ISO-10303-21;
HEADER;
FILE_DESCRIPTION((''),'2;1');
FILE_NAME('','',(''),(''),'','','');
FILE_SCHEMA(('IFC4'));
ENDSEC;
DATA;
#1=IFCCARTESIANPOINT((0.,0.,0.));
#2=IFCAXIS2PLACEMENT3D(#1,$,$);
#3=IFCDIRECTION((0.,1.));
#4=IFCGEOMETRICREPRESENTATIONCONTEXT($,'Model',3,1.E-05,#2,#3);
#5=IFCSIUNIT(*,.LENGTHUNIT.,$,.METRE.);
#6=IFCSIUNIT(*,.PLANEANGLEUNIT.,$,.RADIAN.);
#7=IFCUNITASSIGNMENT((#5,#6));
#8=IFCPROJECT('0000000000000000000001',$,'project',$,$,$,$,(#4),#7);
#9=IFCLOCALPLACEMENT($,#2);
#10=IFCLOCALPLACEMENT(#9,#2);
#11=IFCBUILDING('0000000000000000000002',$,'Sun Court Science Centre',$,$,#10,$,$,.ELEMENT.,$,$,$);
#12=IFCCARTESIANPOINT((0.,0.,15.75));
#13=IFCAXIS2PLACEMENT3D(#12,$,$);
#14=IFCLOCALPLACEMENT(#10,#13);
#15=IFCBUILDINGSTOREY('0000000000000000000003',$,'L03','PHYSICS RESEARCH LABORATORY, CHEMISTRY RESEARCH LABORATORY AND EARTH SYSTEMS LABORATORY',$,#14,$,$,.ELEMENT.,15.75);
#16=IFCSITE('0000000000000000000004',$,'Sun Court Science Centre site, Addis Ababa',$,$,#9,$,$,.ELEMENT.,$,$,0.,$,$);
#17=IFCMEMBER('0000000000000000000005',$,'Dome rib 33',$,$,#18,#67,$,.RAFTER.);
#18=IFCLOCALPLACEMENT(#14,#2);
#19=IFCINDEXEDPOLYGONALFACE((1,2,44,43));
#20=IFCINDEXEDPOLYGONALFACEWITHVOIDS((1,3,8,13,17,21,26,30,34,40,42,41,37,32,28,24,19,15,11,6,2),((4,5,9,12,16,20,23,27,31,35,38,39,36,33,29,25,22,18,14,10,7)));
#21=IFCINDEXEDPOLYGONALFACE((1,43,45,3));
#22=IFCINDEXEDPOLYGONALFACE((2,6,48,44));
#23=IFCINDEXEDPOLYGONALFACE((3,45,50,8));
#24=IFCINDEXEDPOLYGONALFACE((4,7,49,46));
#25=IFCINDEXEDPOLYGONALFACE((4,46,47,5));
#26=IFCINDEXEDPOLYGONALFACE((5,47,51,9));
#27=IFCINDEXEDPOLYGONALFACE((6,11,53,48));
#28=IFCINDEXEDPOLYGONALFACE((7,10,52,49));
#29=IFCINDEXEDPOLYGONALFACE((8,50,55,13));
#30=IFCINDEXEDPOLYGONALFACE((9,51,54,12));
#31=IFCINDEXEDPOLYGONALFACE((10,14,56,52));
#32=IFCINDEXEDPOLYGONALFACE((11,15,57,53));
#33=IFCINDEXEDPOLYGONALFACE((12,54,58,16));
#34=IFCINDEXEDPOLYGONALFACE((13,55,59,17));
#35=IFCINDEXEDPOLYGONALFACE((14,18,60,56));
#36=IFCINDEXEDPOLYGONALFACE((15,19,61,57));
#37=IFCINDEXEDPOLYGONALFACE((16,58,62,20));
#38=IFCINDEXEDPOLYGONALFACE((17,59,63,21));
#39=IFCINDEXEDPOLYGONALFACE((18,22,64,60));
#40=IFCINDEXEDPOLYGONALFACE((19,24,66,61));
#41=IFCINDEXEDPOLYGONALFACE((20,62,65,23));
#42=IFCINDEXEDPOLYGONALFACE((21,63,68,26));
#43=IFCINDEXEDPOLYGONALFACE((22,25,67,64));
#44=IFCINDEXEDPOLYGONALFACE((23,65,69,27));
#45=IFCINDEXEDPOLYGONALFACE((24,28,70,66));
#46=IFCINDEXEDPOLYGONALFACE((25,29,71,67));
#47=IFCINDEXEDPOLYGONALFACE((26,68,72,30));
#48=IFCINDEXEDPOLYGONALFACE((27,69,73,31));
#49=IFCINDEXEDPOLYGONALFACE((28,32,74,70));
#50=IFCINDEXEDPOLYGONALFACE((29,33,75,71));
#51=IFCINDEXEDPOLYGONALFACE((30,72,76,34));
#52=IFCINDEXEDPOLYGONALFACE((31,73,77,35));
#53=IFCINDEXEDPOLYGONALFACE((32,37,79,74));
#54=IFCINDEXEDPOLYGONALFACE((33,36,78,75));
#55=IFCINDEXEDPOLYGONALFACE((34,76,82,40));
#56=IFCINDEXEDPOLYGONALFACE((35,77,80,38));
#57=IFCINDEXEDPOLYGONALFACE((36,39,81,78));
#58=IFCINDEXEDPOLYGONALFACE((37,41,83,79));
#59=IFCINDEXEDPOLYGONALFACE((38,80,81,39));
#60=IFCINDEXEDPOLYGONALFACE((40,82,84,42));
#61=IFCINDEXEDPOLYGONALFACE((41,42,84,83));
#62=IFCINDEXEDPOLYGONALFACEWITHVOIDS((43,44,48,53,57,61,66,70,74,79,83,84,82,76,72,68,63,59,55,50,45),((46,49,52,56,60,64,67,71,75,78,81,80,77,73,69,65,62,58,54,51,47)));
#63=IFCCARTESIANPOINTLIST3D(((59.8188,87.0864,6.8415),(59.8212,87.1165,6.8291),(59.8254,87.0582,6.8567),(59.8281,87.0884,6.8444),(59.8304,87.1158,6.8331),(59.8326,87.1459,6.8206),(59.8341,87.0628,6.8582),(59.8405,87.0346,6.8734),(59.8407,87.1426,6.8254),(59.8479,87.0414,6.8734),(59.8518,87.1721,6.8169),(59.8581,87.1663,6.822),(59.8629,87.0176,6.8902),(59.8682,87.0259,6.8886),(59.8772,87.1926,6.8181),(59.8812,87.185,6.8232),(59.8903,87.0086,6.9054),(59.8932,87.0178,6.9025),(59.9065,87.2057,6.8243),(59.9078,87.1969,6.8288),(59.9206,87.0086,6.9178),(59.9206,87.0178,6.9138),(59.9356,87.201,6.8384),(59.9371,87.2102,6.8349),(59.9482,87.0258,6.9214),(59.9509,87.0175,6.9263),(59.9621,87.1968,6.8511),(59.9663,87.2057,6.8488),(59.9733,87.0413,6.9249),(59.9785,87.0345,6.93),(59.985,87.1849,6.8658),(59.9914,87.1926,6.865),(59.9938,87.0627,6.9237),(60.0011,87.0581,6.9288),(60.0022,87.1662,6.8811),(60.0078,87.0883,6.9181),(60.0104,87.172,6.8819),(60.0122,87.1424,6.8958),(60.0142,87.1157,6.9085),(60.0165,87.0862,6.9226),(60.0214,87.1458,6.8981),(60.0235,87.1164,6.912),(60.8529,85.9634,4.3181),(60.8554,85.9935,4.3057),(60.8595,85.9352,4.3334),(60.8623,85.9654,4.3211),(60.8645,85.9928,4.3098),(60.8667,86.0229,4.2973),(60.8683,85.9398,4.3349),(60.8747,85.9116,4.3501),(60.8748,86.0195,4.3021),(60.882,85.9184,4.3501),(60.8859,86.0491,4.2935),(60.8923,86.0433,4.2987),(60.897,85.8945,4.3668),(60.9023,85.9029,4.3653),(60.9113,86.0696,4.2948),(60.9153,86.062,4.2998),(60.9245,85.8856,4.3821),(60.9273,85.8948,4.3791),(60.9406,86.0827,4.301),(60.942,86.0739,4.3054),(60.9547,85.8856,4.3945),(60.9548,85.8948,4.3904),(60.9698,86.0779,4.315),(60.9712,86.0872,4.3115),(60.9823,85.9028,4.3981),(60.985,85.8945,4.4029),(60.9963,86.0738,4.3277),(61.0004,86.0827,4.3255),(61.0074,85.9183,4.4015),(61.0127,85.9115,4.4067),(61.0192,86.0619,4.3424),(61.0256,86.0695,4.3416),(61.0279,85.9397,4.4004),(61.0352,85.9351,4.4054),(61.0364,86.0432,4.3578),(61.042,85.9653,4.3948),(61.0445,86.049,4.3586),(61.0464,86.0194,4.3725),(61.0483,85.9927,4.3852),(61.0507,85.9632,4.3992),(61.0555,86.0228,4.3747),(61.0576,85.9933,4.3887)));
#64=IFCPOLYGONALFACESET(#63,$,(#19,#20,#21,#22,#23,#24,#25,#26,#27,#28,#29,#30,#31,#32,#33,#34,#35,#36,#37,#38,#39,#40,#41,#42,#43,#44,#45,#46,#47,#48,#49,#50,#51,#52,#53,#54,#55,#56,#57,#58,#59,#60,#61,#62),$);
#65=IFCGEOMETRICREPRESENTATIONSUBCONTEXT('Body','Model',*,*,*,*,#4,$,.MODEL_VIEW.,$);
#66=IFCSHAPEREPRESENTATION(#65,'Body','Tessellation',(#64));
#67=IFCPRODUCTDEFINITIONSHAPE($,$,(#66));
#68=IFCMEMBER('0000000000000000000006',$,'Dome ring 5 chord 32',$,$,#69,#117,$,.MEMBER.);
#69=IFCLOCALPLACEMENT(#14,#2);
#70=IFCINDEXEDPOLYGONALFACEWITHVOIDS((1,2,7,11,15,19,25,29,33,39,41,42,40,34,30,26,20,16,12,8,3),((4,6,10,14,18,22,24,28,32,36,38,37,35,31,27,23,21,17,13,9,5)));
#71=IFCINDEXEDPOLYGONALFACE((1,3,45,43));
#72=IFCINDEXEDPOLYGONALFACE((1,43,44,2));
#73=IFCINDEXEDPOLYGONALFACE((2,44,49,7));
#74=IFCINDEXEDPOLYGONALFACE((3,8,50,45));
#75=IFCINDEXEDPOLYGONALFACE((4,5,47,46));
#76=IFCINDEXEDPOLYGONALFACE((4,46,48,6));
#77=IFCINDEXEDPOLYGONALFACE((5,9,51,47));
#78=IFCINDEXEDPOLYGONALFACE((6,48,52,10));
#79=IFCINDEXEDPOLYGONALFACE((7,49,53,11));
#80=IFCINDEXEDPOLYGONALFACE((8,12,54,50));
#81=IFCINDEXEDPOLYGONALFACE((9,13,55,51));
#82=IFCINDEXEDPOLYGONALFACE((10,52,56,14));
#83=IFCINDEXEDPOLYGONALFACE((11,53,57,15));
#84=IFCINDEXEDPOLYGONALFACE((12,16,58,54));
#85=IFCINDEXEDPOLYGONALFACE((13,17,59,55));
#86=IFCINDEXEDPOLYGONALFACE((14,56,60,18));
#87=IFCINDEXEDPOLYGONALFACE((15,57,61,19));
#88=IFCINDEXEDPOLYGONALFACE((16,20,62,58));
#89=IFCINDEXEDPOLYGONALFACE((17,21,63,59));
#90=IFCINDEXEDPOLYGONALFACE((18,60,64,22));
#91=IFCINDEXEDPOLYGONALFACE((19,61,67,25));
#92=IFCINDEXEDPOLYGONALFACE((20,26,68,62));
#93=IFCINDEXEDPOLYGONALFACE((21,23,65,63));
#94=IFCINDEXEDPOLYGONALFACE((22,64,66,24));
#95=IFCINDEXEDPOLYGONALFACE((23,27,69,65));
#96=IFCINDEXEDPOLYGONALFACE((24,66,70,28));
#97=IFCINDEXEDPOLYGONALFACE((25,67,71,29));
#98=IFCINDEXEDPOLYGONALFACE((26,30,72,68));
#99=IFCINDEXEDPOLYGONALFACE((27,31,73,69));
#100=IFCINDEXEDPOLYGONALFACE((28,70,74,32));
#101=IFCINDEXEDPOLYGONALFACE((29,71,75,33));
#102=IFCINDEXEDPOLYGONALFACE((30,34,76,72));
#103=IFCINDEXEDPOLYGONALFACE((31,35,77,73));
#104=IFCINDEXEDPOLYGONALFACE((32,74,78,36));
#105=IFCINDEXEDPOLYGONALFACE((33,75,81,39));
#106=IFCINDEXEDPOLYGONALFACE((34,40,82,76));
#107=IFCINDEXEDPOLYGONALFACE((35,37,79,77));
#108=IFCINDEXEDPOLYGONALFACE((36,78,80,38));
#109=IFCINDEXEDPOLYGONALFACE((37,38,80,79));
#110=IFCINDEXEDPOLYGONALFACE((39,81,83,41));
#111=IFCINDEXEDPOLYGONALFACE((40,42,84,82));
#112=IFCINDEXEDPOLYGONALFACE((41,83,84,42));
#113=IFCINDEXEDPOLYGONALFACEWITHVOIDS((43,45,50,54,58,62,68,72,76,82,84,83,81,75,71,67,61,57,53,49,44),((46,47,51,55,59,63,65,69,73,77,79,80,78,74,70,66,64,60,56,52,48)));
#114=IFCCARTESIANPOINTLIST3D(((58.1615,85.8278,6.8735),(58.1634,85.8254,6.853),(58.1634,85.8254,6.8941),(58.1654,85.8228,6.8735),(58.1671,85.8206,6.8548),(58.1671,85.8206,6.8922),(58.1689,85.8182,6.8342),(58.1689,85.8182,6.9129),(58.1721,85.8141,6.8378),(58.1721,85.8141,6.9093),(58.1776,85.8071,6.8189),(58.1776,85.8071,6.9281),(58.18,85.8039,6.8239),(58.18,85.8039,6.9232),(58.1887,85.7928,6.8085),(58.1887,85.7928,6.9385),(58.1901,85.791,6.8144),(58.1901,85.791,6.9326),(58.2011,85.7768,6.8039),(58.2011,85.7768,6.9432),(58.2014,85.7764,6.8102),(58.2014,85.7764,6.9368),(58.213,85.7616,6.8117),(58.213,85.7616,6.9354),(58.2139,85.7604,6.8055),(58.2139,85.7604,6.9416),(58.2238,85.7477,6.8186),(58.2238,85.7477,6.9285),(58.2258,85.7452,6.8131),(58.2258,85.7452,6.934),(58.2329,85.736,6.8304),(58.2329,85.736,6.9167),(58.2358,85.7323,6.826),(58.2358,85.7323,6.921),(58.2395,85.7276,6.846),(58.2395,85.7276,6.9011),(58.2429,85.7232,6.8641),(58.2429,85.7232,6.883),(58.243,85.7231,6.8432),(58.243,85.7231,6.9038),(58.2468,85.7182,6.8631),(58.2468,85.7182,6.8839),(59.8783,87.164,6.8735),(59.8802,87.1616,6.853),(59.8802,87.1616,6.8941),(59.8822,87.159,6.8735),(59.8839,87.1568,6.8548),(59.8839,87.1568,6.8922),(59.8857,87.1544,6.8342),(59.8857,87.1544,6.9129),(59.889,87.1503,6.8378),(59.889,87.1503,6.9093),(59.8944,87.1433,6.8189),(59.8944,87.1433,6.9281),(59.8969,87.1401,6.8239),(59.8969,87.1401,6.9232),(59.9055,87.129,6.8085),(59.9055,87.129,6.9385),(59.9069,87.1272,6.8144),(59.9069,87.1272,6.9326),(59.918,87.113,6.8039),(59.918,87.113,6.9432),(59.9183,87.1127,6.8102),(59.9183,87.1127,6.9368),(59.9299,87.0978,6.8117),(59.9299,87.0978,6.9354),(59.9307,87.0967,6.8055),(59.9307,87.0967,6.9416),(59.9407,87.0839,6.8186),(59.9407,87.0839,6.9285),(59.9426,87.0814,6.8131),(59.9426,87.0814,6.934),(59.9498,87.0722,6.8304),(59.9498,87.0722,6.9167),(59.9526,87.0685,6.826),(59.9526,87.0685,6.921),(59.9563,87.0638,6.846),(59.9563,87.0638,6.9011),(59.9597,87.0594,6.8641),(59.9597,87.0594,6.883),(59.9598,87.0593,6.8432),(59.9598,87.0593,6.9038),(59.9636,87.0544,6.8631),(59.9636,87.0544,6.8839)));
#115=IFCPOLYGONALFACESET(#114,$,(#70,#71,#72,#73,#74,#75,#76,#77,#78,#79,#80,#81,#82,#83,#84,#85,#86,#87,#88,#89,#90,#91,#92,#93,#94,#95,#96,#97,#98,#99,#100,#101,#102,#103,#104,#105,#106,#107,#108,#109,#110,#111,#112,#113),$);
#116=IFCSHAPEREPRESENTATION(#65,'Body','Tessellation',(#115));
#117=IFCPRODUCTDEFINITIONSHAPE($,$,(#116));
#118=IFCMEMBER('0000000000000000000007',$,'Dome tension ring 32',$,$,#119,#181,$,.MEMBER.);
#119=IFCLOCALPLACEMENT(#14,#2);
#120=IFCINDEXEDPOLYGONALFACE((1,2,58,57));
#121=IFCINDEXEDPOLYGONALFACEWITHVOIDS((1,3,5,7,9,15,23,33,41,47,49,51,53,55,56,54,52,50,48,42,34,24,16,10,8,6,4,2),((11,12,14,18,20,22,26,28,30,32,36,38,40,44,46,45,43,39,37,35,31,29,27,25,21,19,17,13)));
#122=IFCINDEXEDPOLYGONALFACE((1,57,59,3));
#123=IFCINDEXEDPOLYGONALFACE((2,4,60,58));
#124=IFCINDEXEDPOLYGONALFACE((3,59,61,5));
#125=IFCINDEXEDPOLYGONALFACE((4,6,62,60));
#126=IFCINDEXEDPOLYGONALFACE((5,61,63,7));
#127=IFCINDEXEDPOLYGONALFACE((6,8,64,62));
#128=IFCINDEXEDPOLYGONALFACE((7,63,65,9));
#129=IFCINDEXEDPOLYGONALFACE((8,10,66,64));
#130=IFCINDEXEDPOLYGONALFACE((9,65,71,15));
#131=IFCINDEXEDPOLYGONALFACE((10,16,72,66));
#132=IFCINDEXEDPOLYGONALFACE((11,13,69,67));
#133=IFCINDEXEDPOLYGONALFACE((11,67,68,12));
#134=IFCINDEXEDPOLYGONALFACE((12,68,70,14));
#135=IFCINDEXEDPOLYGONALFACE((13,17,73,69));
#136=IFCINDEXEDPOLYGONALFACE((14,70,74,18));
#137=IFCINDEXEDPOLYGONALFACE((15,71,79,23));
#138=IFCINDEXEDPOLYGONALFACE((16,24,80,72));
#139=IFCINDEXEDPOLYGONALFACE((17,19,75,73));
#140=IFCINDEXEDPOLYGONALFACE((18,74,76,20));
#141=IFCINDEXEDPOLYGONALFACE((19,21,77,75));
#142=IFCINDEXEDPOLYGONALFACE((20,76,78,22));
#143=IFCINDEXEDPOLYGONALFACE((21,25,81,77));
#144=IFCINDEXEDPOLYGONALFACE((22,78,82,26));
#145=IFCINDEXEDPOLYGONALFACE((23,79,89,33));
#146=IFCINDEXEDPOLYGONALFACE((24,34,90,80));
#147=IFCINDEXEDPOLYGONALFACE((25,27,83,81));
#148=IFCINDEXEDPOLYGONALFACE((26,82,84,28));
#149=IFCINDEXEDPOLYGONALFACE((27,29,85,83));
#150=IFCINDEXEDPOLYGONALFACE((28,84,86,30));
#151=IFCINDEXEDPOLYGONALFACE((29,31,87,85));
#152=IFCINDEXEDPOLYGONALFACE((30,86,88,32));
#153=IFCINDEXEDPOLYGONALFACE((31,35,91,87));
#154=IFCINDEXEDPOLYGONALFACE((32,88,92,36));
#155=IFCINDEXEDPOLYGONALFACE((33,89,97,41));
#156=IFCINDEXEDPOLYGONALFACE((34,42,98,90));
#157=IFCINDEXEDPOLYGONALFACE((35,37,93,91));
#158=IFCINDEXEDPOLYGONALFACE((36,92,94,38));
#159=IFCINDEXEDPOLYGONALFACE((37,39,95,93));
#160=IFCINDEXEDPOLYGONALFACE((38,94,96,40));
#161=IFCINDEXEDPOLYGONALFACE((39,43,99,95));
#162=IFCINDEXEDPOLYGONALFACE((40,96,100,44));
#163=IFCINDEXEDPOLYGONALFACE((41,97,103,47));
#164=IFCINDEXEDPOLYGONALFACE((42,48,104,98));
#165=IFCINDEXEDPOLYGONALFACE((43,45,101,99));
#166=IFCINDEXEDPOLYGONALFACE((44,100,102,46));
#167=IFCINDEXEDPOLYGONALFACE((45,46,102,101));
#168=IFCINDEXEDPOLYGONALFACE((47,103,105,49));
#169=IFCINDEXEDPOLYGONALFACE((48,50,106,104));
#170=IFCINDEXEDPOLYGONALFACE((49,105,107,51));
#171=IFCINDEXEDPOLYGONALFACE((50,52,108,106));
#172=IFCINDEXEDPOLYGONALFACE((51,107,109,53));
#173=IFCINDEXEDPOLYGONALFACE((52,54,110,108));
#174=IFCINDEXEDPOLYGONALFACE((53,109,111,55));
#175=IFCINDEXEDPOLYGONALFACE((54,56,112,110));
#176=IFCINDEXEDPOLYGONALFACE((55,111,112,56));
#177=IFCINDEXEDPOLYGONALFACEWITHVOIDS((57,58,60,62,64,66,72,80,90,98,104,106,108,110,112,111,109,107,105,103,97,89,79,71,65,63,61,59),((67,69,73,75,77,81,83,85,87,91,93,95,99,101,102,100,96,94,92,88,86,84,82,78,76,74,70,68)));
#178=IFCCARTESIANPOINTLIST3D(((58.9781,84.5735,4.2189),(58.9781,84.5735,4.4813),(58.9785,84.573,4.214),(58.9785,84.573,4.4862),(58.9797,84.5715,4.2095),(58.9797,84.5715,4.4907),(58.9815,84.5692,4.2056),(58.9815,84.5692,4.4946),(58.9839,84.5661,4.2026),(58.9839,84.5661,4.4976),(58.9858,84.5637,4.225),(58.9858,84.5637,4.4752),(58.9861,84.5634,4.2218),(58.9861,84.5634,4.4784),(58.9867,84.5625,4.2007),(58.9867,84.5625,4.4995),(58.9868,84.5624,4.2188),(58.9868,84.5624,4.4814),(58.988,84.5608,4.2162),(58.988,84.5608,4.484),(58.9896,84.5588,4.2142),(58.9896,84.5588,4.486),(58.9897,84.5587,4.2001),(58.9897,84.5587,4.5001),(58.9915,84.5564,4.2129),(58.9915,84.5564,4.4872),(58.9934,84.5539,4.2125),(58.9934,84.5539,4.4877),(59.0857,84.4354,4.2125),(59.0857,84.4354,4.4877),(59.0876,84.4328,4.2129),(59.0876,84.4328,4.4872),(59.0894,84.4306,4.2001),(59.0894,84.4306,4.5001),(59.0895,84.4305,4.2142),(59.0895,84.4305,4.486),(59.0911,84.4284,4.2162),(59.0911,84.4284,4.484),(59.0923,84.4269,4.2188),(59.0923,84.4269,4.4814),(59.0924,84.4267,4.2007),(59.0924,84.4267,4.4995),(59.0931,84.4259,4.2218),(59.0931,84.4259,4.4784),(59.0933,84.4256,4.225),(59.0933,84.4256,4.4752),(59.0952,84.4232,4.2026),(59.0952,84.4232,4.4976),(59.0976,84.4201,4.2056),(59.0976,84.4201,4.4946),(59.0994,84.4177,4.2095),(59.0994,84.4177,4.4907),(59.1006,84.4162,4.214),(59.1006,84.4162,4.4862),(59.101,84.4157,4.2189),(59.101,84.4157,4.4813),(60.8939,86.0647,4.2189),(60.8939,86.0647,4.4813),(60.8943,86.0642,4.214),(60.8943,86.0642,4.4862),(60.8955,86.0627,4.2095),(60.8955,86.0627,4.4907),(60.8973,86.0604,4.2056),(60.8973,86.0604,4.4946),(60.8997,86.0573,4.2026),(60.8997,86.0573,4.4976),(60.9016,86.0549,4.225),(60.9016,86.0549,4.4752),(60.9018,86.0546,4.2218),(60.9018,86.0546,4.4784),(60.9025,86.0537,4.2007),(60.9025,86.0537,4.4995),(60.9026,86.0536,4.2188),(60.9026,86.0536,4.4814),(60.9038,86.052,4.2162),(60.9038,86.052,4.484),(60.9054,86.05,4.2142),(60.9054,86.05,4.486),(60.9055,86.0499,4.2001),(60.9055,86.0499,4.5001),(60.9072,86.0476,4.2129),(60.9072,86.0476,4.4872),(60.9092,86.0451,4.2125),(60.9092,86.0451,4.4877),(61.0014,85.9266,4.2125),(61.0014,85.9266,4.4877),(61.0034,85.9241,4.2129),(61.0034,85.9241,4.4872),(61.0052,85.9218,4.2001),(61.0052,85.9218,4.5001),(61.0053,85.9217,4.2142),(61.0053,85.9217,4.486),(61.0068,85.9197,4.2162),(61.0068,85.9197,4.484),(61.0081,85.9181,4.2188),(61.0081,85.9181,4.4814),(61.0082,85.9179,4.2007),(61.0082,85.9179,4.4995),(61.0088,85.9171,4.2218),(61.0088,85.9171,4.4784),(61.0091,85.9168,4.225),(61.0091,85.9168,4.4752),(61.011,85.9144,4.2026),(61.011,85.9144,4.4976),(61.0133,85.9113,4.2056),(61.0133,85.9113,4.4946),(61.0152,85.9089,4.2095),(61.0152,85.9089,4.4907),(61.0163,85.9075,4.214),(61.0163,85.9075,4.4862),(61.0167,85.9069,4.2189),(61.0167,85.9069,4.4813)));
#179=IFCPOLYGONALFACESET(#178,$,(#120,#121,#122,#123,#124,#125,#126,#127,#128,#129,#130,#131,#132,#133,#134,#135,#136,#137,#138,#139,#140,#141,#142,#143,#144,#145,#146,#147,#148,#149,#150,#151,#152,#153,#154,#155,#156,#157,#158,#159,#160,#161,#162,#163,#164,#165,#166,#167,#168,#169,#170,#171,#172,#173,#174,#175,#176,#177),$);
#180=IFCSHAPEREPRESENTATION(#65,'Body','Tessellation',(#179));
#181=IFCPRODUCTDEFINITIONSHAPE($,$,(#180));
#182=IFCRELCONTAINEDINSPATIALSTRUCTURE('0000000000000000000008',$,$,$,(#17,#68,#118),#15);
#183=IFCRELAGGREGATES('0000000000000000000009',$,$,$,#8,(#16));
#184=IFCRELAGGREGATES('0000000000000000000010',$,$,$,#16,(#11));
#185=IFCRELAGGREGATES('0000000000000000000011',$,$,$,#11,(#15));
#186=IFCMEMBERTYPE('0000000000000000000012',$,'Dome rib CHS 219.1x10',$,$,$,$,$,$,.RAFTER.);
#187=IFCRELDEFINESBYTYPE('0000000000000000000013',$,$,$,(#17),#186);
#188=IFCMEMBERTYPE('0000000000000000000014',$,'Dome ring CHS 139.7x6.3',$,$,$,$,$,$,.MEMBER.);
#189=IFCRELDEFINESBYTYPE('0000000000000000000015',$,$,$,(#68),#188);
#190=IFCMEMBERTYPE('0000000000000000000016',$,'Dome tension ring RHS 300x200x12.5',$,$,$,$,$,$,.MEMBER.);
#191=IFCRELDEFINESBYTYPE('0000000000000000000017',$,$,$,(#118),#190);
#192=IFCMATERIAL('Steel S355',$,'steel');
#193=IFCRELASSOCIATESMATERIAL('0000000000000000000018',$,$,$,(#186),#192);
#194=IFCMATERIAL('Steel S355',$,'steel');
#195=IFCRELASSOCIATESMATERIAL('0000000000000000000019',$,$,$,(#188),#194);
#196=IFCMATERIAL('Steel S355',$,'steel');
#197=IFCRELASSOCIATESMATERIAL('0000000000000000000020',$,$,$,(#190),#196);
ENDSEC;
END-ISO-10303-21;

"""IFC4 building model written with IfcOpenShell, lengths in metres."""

from ifc_helpers import new_model, si_unit, direction, frame, origin, origin_2d, place, context, subcontext, project, spatial, hollow_rectangle, hollow_circle, extrude, material, material_profile, profile_set, type_object, element, save


model = new_model("IFC4")

# Units and contexts
model_context = context("Model", 3, precision=1e-05, world=origin(), true_north=direction((0.0, 1.0)))
body_context = subcontext(model_context, "Body", "Model", "MODEL_VIEW")
ifc_project = project(units=[si_unit("LENGTHUNIT", "METRE"), si_unit("PLANEANGLEUNIT", "RADIAN")], contexts=[model_context])

# Site, building, storey
site_placement = place(None, origin())
site = spatial("IfcSite", under=ifc_project, at=site_placement, Name="Sun Court Science Centre site, Addis Ababa", CompositionType="ELEMENT", RefElevation=0.0)
building_placement = place(site_placement, origin())
building = spatial("IfcBuilding", under=site, at=building_placement, Name="Sun Court Science Centre", CompositionType="ELEMENT")
storey_placement = place(building_placement, frame((0.0, 0.0, 15.75)))
storey = spatial("IfcBuildingStorey", under=building, at=storey_placement, Name="L03", Description="PHYSICS RESEARCH LABORATORY, CHEMISTRY RESEARCH LABORATORY AND EARTH SYSTEMS LABORATORY", CompositionType="ELEMENT", Elevation=15.75)

# Members
ifc_material_1 = material(Name="Steel S355", Category="steel")
ifc_material_profile_1 = material_profile(ifc_material_1, hollow_circle(Radius=0.1096, WallThickness=0.01, at=origin_2d()), Name="CHS 219.1x10")
ifc_profile_set_1 = profile_set([ifc_material_profile_1], Name="Steel S355")
member_type_1 = type_object("IfcMemberType", Name="Dome rib CHS 219.1x10", PredefinedType="RAFTER", material=ifc_profile_set_1)
member_1_placement = place(storey_placement, frame((60.9553, 85.9858, 4.3501), z_axis=(-0.35065, 0.380781, 0.855599), x_axis=(-0.735612, -0.677403, 0.0)))
element("IfcMember", 1, at=member_1_placement, inside=storey, type_object=member_type_1, Name="Dome rib 33", PredefinedType="RAFTER", context=body_context, shape_type="SweptSolid", body=[
    extrude(hollow_circle(Radius=0.1096, WallThickness=0.01, at=origin_2d()), origin(), (0.0, 0.0, 1.0), 2.9492),
])
ifc_material_2 = material(Name="Steel S355", Category="steel")
ifc_material_profile_2 = material_profile(ifc_material_2, hollow_circle(Radius=0.0698, WallThickness=0.0063, at=origin_2d()), Name="CHS 139.7x6.3")
ifc_profile_set_2 = profile_set([ifc_material_profile_2], Name="Steel S355")
member_type_2 = type_object("IfcMemberType", Name="Dome ring CHS 139.7x6.3", PredefinedType="MEMBER", material=ifc_profile_set_2)
member_2_placement = place(storey_placement, frame((58.2043, 85.7727, 6.8735), z_axis=(0.789153, 0.614197, 0.0), x_axis=(-0.614197, 0.789153, 0.0)))
element("IfcMember", 2, at=member_2_placement, inside=storey, type_object=member_type_2, Name="Dome ring 5 chord 32", PredefinedType="MEMBER", context=body_context, shape_type="SweptSolid", body=[
    extrude(hollow_circle(Radius=0.0698, WallThickness=0.0063, at=origin_2d()), origin(), (0.0, 0.0, 1.0), 2.1755),
])
ifc_material_3 = material(Name="Steel S355", Category="steel")
ifc_material_profile_3 = material_profile(ifc_material_3, hollow_rectangle(XDim=0.2, YDim=0.3, WallThickness=0.0125, InnerFilletRadius=0.0125, OuterFilletRadius=0.0188, at=origin_2d()), Name="RHS 300x200x12.5")
ifc_profile_set_3 = profile_set([ifc_material_profile_3], Name="Steel S355")
member_type_3 = type_object("IfcMemberType", Name="Dome tension ring RHS 300x200x12.5", PredefinedType="MEMBER", material=ifc_profile_set_3)
member_3_placement = place(storey_placement, frame((59.0396, 84.4946, 4.3501), z_axis=(0.789119, 0.61424, 0.0), x_axis=(-0.61424, 0.789119, 0.0)))
element("IfcMember", 3, at=member_3_placement, inside=storey, type_object=member_type_3, Name="Dome tension ring 32", PredefinedType="MEMBER", context=body_context, shape_type="SweptSolid", body=[
    extrude(hollow_rectangle(XDim=0.2, YDim=0.3, WallThickness=0.0125, InnerFilletRadius=0.0125, OuterFilletRadius=0.0188, at=origin_2d()), origin(), (0.0, 0.0, 1.0), 2.4277),
])

save(model, "model.ifc")
